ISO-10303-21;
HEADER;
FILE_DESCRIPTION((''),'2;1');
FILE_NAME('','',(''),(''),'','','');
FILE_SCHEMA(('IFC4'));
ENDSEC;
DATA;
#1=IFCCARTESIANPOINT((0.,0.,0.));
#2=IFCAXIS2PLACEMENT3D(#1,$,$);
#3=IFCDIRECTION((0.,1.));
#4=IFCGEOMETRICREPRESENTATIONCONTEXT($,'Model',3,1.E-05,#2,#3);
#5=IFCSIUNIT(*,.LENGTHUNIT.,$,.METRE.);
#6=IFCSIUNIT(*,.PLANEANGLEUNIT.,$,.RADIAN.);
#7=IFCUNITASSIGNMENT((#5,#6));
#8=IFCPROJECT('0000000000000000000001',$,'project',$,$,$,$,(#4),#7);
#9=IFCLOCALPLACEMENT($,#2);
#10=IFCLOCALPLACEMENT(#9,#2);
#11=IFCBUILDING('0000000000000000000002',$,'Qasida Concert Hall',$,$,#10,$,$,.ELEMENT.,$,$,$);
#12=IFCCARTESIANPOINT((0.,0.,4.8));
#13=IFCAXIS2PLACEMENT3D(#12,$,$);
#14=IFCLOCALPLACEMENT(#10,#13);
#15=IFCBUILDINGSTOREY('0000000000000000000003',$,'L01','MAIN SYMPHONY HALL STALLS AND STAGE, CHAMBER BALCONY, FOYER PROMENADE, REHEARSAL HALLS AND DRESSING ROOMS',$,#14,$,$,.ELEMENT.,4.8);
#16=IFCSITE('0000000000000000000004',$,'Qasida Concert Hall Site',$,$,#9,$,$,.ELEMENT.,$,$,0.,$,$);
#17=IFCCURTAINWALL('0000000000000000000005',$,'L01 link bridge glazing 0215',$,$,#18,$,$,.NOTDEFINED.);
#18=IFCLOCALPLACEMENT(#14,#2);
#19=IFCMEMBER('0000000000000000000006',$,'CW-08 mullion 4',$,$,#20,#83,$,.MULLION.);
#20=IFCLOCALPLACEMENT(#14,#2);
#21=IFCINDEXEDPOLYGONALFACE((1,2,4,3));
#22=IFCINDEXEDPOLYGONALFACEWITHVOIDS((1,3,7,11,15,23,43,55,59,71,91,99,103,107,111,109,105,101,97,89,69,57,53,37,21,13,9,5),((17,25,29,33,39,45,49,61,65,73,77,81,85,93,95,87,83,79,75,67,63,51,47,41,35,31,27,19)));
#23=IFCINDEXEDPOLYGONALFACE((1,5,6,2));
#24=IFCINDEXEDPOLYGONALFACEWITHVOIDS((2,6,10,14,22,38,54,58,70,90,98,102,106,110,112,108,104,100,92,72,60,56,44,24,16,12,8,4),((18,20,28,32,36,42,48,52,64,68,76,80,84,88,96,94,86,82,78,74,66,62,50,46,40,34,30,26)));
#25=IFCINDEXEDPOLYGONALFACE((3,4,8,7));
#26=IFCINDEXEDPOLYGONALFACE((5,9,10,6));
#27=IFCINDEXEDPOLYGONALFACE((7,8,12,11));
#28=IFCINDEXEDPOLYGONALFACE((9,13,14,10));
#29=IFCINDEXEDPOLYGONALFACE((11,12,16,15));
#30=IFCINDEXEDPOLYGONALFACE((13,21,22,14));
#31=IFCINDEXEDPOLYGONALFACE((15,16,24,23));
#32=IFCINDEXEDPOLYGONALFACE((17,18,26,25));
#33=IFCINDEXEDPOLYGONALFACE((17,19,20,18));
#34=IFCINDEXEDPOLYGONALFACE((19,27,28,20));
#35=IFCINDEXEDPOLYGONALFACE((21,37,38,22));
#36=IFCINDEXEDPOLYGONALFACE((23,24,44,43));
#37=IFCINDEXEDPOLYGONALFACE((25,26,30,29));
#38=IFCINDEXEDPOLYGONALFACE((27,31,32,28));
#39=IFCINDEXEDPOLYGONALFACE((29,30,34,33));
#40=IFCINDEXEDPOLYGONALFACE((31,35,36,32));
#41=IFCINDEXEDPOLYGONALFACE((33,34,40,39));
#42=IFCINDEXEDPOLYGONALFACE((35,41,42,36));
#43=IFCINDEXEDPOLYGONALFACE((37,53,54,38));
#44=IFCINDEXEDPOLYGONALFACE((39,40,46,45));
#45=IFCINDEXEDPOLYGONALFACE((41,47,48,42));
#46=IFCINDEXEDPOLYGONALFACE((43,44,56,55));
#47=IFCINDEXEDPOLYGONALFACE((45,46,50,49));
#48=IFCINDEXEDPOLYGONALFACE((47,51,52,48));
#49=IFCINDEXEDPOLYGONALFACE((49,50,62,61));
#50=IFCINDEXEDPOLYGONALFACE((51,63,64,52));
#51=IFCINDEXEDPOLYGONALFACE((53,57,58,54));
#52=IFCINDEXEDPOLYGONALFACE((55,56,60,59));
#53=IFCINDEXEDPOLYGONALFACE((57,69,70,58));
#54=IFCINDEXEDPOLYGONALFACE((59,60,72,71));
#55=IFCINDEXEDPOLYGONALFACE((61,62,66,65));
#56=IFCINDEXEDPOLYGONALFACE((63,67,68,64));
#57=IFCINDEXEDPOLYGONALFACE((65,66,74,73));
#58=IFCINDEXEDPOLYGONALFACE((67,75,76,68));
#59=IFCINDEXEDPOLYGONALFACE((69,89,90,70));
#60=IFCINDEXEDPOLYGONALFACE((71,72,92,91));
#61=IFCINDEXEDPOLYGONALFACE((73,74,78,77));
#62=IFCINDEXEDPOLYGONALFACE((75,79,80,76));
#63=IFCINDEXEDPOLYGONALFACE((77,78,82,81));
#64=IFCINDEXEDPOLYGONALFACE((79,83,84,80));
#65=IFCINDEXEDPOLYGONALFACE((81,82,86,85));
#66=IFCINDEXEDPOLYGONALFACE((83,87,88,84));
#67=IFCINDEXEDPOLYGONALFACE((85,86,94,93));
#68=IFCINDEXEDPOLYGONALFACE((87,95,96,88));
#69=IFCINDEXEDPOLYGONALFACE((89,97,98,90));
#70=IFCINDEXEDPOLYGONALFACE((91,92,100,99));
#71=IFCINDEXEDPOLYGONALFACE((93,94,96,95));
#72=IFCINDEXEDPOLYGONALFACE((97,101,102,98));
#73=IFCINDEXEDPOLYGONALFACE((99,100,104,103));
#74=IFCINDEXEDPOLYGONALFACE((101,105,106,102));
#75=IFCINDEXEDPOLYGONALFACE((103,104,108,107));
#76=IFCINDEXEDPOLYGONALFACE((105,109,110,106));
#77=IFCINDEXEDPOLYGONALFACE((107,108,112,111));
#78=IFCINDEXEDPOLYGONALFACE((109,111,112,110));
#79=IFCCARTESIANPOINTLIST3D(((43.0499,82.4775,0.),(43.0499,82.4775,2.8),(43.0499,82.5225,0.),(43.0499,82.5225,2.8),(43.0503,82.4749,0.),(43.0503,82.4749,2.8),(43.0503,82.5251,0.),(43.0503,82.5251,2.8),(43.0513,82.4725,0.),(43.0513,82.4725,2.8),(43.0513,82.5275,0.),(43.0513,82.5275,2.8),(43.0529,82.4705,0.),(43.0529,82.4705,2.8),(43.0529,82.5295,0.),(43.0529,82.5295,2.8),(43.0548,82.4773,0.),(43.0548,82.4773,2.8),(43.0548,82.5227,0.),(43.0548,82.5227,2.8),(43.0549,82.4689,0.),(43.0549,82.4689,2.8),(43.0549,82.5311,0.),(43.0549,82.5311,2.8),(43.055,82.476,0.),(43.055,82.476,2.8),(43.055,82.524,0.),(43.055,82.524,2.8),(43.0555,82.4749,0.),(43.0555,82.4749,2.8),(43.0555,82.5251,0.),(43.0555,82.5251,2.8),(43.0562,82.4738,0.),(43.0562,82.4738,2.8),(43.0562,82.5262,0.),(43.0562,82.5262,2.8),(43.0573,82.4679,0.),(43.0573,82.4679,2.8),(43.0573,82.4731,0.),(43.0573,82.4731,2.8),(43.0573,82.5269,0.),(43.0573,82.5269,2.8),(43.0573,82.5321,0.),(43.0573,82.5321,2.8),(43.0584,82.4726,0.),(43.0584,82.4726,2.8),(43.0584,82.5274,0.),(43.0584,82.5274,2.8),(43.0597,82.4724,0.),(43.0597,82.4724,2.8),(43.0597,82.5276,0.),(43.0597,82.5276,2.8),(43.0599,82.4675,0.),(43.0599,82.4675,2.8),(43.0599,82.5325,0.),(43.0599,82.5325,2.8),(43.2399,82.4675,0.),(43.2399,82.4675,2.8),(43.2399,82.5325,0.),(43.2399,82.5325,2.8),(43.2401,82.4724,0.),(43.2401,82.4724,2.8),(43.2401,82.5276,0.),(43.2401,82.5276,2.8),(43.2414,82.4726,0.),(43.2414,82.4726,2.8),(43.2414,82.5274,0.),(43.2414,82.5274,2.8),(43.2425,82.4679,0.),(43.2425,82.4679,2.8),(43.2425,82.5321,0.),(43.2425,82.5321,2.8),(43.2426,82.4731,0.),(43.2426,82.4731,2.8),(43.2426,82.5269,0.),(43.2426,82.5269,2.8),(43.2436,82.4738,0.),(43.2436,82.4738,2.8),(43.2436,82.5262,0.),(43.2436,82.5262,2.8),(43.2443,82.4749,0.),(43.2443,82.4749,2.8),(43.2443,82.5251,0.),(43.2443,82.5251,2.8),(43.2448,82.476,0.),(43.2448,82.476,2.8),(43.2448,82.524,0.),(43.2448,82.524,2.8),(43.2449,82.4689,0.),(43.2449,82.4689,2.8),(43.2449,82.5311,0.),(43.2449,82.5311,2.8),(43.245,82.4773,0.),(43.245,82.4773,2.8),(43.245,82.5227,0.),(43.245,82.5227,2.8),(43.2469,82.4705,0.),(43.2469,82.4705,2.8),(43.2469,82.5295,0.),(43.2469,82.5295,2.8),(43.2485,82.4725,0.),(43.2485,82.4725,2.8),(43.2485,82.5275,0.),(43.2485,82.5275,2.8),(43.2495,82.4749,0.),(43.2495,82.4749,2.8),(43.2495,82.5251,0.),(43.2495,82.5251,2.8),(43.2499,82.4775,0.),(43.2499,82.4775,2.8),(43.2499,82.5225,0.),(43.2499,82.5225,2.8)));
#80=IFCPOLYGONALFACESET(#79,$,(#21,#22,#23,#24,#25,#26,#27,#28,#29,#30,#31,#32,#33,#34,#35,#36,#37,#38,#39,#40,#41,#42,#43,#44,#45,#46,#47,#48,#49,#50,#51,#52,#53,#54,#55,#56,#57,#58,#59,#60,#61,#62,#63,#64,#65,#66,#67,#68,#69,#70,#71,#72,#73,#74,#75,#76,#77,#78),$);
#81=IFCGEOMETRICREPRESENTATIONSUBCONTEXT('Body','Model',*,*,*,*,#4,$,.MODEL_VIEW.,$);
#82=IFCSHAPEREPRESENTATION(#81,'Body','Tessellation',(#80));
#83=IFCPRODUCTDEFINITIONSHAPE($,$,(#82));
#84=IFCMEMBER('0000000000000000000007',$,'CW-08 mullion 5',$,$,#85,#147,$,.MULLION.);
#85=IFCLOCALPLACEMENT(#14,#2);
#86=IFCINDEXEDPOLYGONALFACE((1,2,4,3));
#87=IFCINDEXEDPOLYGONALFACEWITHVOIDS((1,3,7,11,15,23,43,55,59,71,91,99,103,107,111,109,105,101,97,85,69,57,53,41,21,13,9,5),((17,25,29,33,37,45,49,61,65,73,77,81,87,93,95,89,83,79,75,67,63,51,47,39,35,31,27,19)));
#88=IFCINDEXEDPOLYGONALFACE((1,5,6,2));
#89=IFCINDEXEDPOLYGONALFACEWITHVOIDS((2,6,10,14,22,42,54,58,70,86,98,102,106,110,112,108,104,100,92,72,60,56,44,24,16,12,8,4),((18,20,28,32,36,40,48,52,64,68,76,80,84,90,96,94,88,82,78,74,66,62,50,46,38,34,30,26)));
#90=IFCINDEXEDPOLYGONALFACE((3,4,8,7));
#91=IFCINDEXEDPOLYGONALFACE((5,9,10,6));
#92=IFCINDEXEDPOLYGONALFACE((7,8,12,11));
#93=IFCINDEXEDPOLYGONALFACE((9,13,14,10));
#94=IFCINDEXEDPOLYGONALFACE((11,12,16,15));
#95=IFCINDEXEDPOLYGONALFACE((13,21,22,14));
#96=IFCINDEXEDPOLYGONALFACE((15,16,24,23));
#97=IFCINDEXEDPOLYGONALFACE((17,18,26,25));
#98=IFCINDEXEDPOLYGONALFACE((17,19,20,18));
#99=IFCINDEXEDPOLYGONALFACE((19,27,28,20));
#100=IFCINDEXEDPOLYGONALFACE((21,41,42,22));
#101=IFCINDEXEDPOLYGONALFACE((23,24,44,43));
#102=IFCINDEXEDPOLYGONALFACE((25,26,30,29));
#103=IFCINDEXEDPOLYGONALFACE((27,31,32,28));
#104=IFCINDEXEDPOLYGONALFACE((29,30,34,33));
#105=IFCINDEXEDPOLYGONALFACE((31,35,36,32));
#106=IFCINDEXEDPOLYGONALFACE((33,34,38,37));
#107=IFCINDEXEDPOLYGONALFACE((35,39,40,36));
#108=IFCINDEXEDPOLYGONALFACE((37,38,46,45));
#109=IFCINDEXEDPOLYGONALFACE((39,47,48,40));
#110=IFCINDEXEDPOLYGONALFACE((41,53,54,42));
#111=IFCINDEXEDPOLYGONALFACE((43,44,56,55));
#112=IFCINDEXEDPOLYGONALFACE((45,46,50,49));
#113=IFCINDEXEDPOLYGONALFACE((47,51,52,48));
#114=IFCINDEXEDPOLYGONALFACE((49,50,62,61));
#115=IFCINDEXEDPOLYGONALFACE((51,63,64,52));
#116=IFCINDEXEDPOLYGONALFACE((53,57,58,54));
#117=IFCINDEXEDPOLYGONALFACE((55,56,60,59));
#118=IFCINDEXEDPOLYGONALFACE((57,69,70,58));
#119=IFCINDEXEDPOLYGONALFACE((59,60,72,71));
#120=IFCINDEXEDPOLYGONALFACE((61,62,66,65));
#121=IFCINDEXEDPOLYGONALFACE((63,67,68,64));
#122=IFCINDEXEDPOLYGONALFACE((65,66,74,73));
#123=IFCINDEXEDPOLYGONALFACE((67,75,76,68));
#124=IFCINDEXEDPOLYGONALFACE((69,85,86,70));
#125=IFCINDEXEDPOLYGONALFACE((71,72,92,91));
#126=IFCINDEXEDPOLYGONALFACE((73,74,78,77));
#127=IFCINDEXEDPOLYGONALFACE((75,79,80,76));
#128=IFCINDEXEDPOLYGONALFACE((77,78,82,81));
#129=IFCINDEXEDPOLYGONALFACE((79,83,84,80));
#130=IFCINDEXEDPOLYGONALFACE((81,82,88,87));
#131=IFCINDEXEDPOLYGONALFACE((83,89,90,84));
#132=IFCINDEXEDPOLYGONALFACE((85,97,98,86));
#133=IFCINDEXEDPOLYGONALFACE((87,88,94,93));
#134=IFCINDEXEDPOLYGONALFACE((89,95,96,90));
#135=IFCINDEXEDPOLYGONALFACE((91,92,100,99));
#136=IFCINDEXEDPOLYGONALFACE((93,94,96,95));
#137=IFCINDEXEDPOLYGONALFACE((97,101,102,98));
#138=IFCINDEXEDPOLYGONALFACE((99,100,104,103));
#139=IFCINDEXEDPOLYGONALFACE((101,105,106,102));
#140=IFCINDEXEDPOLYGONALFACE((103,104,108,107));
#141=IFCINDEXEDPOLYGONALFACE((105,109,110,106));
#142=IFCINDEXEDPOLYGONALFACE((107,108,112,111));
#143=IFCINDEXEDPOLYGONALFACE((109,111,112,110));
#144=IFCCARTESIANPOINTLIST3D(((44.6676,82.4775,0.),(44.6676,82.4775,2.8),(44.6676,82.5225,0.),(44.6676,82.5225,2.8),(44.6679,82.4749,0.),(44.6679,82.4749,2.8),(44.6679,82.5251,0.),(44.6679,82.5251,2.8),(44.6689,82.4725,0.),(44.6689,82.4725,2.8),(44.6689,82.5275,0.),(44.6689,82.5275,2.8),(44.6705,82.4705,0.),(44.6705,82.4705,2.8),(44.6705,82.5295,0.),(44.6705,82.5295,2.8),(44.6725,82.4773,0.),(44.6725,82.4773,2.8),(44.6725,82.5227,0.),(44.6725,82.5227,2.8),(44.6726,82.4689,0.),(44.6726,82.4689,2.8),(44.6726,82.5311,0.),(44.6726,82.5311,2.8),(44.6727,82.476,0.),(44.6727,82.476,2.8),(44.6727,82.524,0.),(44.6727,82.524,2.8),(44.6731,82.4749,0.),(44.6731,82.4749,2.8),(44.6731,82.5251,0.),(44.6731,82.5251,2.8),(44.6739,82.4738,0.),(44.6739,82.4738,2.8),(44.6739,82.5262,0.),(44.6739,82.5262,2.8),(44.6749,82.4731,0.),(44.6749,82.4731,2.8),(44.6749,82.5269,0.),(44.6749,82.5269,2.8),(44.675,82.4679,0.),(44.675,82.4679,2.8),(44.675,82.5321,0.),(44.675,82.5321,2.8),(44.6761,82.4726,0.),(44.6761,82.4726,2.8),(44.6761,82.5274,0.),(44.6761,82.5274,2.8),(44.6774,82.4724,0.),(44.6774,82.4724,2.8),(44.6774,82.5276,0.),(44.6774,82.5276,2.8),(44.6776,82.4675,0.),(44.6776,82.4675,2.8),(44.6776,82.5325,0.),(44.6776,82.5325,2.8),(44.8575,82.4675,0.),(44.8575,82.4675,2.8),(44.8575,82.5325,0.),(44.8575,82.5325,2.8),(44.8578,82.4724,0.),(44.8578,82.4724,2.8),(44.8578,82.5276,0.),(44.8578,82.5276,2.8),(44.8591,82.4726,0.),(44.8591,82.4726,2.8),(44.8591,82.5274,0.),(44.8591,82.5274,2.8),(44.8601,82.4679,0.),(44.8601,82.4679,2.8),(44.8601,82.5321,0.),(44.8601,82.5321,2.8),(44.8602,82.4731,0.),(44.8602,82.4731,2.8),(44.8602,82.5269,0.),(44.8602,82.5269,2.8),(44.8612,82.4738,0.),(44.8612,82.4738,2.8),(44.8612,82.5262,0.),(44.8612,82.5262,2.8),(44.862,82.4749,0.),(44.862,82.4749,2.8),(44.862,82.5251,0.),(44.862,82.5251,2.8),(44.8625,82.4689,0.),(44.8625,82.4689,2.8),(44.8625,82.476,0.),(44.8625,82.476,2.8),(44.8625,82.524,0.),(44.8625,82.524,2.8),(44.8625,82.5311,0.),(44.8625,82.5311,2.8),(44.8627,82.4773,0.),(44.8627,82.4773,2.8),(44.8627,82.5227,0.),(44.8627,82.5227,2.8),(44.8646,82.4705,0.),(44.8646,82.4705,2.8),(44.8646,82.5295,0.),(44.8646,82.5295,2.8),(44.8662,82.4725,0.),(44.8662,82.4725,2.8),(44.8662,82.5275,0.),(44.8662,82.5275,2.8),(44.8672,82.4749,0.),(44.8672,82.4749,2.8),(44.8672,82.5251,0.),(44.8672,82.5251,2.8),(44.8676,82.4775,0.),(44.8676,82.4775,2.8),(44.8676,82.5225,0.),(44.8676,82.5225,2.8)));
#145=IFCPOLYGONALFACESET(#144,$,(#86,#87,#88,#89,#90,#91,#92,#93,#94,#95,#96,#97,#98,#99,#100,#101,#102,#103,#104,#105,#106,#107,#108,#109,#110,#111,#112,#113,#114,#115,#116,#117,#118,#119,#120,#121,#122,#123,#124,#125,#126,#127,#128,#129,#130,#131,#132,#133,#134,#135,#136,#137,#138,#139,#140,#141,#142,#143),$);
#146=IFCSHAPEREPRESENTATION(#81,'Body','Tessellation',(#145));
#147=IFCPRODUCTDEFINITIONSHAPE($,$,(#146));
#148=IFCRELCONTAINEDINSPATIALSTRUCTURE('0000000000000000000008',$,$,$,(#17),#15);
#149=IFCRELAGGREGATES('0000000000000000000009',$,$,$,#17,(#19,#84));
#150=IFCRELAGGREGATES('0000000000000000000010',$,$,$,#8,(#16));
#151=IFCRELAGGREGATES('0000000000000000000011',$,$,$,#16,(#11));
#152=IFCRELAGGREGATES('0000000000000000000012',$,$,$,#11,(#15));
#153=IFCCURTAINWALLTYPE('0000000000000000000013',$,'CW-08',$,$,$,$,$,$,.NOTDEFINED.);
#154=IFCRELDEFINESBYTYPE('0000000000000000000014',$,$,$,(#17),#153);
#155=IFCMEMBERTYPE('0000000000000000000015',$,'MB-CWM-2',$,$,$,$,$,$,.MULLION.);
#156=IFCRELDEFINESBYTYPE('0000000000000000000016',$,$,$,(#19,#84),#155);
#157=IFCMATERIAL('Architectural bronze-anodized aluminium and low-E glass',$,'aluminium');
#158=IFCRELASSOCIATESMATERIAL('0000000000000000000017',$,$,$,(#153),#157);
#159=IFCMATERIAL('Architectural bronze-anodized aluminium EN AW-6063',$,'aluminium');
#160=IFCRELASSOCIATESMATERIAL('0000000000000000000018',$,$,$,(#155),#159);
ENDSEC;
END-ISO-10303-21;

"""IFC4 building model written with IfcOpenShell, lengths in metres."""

from ifc_helpers import new_model, si_unit, direction, frame, origin, origin_2d, place, context, subcontext, project, spatial, hollow_rectangle, extrude, material, material_profile, profile_set, type_object, element, aggregate, save


model = new_model("IFC4")

# Units and contexts
model_context = context("Model", 3, precision=1e-05, world=origin(), true_north=direction((0.0, 1.0)))
body_context = subcontext(model_context, "Body", "Model", "MODEL_VIEW")
ifc_project = project(units=[si_unit("LENGTHUNIT", "METRE"), si_unit("PLANEANGLEUNIT", "RADIAN")], contexts=[model_context])

# Site, building, storey
site_placement = place(None, origin())
site = spatial("IfcSite", under=ifc_project, at=site_placement, Name="Qasida Concert Hall Site", CompositionType="ELEMENT", RefElevation=0.0)
building_placement = place(site_placement, origin())
building = spatial("IfcBuilding", under=site, at=building_placement, Name="Qasida Concert Hall", CompositionType="ELEMENT")
storey_placement = place(building_placement, frame((0.0, 0.0, 4.8)))
storey = spatial("IfcBuildingStorey", under=building, at=storey_placement, Name="L01", Description="MAIN SYMPHONY HALL STALLS AND STAGE, CHAMBER BALCONY, FOYER PROMENADE, REHEARSAL HALLS AND DRESSING ROOMS", CompositionType="ELEMENT", Elevation=4.8)

# Curtain wall, members
ifc_material_1 = material(Name="Architectural bronze-anodized aluminium and low-E glass", Category="aluminium")
curtain_wall_type = type_object("IfcCurtainWallType", Name="CW-08", PredefinedType="NOTDEFINED", material=ifc_material_1)
curtain_wall_1_placement = place(storey_placement, origin())
curtain_wall_1 = element("IfcCurtainWall", 1, at=curtain_wall_1_placement, inside=storey, type_object=curtain_wall_type, Name="L01 link bridge glazing 0215", PredefinedType="NOTDEFINED")
ifc_material_2 = material(Name="Architectural bronze-anodized aluminium EN AW-6063", Category="aluminium")
ifc_material_profile_1 = material_profile(ifc_material_2, hollow_rectangle(XDim=0.0649, YDim=0.2, WallThickness=0.0049, InnerFilletRadius=0.0049, OuterFilletRadius=0.01, at=origin_2d()), Name="CWM 200x65x5")
ifc_profile_set_1 = profile_set([ifc_material_profile_1], Name="Architectural bronze-anodized aluminium EN AW-6063")
member_type_1 = type_object("IfcMemberType", Name="MB-CWM-2", PredefinedType="MULLION", material=ifc_profile_set_1)
member_1_placement = place(storey_placement, frame((43.1499, 82.5, 0.0), z_axis=(0.0, 0.0, 1.0), x_axis=(0.0, 1.0, 0.0)))
member_1 = element("IfcMember", 2, at=member_1_placement, type_object=member_type_1, Name="CW-08 mullion 4", PredefinedType="MULLION", context=body_context, shape_type="SweptSolid", body=[
    extrude(hollow_rectangle(XDim=0.0649, YDim=0.2, WallThickness=0.0049, InnerFilletRadius=0.0049, OuterFilletRadius=0.01, at=origin_2d()), origin(), (0.0, 0.0, 1.0), 2.8),
])
member_2_placement = place(storey_placement, frame((44.7676, 82.5, 0.0), z_axis=(0.0, 0.0, 1.0), x_axis=(0.0, 1.0, 0.0)))
member_2 = element("IfcMember", 3, at=member_2_placement, type_object=member_type_1, Name="CW-08 mullion 5", PredefinedType="MULLION", context=body_context, shape_type="SweptSolid", body=[
    extrude(hollow_rectangle(XDim=0.0649, YDim=0.2, WallThickness=0.0049, InnerFilletRadius=0.0049, OuterFilletRadius=0.01, at=origin_2d()), origin(), (0.0, 0.0, 1.0), 2.8),
])

aggregate(curtain_wall_1, [member_1, member_2])

save(model, "model.ifc")
